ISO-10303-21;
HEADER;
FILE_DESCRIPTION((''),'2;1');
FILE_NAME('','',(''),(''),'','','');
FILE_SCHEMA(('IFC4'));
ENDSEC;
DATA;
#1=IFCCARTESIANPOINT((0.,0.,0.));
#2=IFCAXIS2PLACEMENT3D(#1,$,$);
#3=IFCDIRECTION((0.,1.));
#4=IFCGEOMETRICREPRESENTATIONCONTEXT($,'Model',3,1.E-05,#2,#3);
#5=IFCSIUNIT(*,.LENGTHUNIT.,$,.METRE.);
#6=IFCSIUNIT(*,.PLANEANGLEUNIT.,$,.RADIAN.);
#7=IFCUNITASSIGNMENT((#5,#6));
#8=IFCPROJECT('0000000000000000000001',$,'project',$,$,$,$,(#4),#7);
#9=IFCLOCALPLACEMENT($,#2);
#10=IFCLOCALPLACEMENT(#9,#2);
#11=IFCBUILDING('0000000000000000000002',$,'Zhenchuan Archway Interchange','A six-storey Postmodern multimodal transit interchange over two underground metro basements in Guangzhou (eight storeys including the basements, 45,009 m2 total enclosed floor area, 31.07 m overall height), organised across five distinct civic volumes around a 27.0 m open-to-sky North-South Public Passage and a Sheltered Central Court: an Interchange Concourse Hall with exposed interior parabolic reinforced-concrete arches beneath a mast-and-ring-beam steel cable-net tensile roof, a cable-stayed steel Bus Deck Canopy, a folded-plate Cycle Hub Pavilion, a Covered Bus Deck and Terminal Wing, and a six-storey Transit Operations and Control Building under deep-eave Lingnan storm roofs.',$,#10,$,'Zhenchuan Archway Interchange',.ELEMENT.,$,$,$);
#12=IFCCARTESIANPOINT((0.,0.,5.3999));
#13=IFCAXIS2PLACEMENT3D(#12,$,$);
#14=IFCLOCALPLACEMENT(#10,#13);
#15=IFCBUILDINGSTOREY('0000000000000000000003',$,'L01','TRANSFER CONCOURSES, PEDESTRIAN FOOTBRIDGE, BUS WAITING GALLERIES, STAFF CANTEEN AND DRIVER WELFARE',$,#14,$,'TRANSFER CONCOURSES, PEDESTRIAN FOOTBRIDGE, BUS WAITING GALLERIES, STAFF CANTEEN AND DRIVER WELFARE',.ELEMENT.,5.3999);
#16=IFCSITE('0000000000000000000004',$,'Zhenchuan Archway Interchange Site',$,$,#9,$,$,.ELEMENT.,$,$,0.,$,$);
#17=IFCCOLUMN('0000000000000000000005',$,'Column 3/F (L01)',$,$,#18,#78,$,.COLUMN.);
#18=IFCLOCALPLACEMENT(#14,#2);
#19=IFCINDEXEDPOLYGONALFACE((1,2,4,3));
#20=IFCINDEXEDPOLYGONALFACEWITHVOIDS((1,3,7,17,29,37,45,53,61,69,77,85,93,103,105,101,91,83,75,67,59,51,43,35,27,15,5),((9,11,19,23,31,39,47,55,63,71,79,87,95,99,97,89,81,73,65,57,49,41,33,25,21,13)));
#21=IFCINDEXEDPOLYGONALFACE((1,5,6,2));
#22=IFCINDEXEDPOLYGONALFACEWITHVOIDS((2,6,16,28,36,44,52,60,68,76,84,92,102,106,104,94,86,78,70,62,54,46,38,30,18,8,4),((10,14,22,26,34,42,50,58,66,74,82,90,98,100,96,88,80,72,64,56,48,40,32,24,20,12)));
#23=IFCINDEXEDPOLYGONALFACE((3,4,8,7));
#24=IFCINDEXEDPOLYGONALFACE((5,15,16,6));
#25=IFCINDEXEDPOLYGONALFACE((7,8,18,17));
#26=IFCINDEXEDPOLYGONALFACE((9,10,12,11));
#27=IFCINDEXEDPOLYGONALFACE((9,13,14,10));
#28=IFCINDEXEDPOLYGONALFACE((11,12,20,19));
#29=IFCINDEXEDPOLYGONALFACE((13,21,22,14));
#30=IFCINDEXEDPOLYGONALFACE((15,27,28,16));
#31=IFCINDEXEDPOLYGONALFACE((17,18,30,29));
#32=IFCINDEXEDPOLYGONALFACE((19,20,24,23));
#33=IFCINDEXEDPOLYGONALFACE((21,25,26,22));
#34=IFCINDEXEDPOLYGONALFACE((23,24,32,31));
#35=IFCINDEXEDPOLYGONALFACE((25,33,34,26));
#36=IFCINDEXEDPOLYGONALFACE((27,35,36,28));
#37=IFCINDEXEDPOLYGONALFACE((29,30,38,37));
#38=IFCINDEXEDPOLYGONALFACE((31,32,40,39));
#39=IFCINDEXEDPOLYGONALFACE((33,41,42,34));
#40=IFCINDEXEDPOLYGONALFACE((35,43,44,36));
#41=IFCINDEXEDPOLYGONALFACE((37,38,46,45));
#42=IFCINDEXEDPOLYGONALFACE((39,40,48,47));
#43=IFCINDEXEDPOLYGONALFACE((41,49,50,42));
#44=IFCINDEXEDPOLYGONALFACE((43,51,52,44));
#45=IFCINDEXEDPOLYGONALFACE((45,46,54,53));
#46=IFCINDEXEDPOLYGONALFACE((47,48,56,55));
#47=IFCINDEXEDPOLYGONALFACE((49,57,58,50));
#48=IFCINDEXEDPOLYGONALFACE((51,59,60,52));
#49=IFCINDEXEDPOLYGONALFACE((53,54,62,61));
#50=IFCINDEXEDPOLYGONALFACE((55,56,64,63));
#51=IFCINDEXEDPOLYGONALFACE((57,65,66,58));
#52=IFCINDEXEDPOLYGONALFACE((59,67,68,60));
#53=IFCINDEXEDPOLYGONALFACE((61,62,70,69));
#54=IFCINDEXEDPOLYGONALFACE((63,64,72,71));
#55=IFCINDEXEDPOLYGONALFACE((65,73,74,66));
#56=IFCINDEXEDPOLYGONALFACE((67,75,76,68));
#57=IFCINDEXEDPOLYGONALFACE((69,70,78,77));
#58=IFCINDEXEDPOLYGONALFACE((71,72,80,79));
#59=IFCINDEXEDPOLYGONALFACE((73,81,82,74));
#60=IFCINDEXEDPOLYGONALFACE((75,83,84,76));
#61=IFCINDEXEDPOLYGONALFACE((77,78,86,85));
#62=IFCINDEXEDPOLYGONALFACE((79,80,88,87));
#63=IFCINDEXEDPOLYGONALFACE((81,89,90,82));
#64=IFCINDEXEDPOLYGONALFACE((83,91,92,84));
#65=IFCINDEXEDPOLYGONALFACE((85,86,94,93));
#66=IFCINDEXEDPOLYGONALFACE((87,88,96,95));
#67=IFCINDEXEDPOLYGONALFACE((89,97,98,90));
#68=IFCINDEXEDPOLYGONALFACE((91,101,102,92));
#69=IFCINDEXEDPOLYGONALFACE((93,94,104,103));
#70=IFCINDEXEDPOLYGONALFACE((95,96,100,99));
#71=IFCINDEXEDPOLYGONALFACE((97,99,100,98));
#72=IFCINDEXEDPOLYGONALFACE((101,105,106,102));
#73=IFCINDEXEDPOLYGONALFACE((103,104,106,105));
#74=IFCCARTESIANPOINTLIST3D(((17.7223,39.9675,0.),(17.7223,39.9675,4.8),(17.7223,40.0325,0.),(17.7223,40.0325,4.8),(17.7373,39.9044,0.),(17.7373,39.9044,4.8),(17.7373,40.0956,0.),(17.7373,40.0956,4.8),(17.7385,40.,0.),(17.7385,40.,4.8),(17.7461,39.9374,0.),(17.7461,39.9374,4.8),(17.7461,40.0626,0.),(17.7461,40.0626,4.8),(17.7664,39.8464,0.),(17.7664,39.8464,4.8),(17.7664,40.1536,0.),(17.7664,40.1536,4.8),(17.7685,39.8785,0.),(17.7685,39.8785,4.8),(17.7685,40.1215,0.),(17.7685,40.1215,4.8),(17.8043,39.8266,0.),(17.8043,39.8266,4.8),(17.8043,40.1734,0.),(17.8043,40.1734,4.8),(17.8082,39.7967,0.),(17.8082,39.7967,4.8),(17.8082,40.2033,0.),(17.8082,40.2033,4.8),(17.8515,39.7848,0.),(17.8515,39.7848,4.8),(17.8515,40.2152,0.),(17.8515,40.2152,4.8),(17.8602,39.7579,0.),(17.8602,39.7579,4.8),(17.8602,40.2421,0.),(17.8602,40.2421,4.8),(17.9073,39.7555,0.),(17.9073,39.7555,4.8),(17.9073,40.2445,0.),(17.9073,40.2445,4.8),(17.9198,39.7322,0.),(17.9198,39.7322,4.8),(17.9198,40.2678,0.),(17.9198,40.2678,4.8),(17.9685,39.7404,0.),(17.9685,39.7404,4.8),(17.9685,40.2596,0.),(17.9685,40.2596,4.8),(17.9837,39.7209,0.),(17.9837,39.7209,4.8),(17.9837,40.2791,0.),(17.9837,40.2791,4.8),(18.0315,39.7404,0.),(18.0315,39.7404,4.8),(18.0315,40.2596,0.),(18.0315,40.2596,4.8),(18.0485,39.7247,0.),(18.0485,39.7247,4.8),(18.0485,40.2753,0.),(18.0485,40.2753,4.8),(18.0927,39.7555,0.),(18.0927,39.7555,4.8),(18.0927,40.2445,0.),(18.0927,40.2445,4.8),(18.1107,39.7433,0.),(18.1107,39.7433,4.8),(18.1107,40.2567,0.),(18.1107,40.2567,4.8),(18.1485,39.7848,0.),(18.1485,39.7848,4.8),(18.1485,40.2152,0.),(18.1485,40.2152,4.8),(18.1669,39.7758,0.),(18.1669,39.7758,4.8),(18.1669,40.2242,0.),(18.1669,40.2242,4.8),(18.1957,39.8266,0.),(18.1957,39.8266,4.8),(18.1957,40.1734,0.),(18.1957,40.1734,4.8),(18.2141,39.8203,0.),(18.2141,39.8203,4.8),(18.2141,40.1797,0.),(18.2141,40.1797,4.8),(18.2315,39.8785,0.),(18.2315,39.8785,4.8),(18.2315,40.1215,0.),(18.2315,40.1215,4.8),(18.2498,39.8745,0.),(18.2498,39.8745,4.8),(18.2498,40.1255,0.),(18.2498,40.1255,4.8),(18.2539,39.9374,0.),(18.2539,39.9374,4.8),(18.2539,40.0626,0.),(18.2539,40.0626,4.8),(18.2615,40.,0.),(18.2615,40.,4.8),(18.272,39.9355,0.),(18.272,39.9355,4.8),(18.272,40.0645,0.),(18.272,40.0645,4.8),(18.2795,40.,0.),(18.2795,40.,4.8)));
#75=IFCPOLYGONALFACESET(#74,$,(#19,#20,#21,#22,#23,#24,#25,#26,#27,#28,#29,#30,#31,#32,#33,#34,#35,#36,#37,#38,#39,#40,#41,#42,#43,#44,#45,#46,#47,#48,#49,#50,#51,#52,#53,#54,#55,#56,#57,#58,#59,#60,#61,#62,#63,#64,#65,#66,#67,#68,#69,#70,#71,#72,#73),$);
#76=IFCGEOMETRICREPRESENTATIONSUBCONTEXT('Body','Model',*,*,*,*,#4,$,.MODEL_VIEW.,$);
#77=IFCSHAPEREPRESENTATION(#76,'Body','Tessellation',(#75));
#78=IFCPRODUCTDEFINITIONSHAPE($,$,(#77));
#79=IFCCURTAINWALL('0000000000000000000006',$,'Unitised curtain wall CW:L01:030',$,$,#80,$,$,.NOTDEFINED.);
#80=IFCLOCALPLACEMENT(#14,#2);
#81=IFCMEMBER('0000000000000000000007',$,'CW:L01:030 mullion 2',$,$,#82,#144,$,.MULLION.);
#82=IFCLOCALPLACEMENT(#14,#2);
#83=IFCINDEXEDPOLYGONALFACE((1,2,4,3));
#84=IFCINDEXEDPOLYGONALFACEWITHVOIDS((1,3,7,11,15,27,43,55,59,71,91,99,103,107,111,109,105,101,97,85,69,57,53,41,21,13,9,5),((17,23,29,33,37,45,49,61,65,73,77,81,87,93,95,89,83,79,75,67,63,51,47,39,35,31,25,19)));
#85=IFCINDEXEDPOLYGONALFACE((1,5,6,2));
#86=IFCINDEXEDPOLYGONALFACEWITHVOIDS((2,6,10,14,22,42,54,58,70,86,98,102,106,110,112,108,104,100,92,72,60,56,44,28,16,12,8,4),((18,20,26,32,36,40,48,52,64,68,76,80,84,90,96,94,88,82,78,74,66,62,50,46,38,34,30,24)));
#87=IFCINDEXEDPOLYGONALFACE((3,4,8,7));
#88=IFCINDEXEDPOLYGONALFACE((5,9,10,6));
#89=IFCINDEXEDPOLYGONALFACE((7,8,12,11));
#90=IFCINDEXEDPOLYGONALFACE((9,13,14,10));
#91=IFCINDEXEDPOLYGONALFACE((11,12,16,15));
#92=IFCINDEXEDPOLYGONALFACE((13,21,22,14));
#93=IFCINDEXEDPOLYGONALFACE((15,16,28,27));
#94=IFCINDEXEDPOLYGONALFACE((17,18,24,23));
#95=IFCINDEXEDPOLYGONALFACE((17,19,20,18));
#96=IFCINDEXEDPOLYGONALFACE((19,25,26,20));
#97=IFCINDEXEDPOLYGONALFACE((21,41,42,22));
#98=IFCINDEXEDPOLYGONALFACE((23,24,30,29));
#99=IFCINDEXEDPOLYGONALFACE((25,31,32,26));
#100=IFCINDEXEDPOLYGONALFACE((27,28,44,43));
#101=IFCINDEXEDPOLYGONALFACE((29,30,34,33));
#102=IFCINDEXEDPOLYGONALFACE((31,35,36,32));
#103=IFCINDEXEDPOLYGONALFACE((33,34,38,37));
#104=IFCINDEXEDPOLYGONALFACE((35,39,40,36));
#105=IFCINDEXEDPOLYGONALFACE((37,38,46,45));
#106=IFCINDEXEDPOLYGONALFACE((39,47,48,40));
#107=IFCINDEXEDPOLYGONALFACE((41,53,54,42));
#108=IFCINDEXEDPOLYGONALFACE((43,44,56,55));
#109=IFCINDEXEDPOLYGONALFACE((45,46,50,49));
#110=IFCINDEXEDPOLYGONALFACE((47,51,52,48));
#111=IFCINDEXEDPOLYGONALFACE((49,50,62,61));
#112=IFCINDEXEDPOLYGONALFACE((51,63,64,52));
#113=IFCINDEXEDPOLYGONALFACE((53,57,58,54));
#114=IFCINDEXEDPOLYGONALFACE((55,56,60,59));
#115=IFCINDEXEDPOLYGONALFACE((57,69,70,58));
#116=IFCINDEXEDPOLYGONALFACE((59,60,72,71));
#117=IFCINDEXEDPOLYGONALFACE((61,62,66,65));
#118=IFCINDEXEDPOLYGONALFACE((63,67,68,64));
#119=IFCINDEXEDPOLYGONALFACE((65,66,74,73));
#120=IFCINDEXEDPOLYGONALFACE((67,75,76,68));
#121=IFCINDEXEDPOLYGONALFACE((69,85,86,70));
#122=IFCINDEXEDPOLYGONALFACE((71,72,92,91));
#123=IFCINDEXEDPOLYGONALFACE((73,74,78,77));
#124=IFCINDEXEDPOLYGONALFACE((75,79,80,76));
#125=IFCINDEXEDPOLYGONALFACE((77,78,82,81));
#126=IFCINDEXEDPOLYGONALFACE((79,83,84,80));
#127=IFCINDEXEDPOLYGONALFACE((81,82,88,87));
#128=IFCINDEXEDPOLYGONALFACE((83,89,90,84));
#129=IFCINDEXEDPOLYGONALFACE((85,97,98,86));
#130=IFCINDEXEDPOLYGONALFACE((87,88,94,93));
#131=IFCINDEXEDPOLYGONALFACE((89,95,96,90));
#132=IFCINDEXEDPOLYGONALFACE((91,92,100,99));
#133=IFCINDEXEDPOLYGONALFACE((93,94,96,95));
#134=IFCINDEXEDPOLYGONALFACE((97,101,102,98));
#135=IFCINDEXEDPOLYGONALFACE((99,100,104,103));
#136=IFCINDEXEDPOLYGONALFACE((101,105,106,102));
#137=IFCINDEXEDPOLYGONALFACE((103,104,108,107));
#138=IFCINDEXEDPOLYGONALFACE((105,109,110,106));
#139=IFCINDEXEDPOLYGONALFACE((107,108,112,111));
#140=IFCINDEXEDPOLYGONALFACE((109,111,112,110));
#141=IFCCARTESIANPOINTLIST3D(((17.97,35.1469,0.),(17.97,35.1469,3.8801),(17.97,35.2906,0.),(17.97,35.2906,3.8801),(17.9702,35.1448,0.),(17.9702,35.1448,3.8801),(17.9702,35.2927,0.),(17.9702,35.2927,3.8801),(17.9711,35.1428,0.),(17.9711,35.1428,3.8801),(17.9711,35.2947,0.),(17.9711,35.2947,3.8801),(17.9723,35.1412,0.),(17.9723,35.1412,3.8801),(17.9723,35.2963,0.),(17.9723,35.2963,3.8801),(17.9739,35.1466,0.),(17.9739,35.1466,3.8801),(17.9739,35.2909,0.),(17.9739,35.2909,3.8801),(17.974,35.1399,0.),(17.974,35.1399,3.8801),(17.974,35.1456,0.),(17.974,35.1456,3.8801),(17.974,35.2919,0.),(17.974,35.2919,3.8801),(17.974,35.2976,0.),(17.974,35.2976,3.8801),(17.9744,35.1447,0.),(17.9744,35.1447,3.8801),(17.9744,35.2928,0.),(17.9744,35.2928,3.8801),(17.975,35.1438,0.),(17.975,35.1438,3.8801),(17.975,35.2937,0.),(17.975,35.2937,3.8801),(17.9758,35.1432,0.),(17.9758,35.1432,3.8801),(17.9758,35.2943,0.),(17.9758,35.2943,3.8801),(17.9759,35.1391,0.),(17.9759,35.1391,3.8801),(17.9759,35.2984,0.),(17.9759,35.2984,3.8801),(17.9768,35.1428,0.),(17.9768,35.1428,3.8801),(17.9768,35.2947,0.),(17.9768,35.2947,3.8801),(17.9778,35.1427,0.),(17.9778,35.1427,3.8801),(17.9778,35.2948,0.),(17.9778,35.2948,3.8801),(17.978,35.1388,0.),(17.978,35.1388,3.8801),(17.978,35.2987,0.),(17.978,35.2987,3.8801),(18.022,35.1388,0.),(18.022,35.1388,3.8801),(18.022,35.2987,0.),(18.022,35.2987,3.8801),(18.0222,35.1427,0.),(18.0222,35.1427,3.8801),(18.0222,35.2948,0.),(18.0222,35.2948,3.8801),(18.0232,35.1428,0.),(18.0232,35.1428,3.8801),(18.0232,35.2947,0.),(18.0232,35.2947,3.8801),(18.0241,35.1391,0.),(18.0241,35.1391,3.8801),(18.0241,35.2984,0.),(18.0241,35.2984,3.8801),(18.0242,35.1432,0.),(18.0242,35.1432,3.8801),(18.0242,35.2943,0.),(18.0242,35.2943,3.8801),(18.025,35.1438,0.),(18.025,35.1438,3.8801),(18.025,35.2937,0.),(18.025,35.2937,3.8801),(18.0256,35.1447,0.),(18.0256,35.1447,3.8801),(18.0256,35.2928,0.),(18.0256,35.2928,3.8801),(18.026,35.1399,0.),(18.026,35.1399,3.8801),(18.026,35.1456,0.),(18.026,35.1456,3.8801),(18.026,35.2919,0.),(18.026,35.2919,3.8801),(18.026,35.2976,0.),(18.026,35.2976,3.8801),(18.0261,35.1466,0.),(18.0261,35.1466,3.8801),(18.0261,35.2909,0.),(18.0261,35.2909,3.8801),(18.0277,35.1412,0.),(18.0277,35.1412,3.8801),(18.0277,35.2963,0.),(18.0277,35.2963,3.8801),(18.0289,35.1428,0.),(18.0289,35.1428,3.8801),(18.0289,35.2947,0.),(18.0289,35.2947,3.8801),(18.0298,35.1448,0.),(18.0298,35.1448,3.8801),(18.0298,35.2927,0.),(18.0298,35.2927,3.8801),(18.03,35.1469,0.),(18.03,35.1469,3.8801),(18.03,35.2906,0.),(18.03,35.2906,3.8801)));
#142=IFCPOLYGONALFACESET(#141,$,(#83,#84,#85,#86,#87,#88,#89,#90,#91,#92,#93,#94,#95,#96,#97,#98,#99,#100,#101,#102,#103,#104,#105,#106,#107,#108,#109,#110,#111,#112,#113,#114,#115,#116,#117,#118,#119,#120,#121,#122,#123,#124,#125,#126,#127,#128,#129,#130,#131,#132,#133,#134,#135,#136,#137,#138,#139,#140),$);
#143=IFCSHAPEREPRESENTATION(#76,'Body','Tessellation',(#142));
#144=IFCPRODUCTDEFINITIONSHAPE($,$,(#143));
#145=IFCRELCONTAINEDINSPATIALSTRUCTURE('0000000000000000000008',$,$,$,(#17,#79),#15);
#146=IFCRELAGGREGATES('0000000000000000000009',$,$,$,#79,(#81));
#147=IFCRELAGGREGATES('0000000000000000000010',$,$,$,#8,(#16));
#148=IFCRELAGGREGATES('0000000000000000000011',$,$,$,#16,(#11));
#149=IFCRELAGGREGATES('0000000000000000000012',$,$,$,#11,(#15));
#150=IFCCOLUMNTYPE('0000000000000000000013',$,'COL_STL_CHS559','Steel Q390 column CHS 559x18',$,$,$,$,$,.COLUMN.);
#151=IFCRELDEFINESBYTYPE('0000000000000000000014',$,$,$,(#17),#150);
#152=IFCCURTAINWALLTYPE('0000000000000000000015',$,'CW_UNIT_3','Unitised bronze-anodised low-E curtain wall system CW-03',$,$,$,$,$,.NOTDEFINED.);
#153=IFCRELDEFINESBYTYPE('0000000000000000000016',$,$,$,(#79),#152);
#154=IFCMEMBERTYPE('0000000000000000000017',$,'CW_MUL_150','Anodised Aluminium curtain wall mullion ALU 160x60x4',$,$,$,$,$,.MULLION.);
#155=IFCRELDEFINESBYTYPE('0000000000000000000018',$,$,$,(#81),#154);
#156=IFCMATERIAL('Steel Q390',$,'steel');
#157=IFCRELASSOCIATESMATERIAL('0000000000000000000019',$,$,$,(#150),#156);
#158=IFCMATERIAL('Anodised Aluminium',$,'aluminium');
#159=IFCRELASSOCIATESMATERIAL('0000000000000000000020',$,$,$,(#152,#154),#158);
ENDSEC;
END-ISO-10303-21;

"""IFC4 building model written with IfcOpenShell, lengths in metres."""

from ifc_helpers import new_model, si_unit, direction, frame, origin, origin_2d, place, context, subcontext, project, spatial, hollow_rectangle, hollow_circle, extrude, material, material_profile, profile_set, type_object, element, aggregate, save


model = new_model("IFC4")

# Units and contexts
model_context = context("Model", 3, precision=1e-05, world=origin(), true_north=direction((0.0, 1.0)))
body_context = subcontext(model_context, "Body", "Model", "MODEL_VIEW")
ifc_project = project(units=[si_unit("LENGTHUNIT", "METRE"), si_unit("PLANEANGLEUNIT", "RADIAN")], contexts=[model_context])

# Site, building, storey
site_placement = place(None, origin())
site = spatial("IfcSite", under=ifc_project, at=site_placement, Name="Zhenchuan Archway Interchange Site", CompositionType="ELEMENT", RefElevation=0.0)
building_placement = place(site_placement, origin())
building = spatial("IfcBuilding", under=site, at=building_placement, Name="Zhenchuan Archway Interchange", Description="A six-storey Postmodern multimodal transit interchange over two underground metro basements in Guangzhou (eight storeys including the basements, 45,009 m2 total enclosed floor area, 31.07 m overall height), organised across five distinct civic volumes around a 27.0 m open-to-sky North-South Public Passage and a Sheltered Central Court: an Interchange Concourse Hall with exposed interior parabolic reinforced-concrete arches beneath a mast-and-ring-beam steel cable-net tensile roof, a cable-stayed steel Bus Deck Canopy, a folded-plate Cycle Hub Pavilion, a Covered Bus Deck and Terminal Wing, and a six-storey Transit Operations and Control Building under deep-eave Lingnan storm roofs.", LongName="Zhenchuan Archway Interchange", CompositionType="ELEMENT")
storey_placement = place(building_placement, frame((0.0, 0.0, 5.3999)))
storey = spatial("IfcBuildingStorey", under=building, at=storey_placement, Name="L01", Description="TRANSFER CONCOURSES, PEDESTRIAN FOOTBRIDGE, BUS WAITING GALLERIES, STAFF CANTEEN AND DRIVER WELFARE", LongName="TRANSFER CONCOURSES, PEDESTRIAN FOOTBRIDGE, BUS WAITING GALLERIES, STAFF CANTEEN AND DRIVER WELFARE", CompositionType="ELEMENT", Elevation=5.3999)

# Column
ifc_material_1 = material(Name="Steel Q390", Category="steel")
ifc_material_profile_1 = material_profile(ifc_material_1, hollow_circle(Radius=0.2795, WallThickness=0.0181, at=origin_2d()), Name="CHS 559x18")
ifc_profile_set_1 = profile_set([ifc_material_profile_1], Name="Steel Q390")
column_type = type_object("IfcColumnType", Name="COL_STL_CHS559", Description="Steel Q390 column CHS 559x18", PredefinedType="COLUMN", material=ifc_profile_set_1)
column_placement = place(storey_placement, frame((18.0, 40.0, 0.0), z_axis=(0.0, 0.0, 1.0), x_axis=(1.0, 0.0, 0.0)))
element("IfcColumn", 1, at=column_placement, inside=storey, type_object=column_type, Name="Column 3/F (L01)", PredefinedType="COLUMN", context=body_context, shape_type="SweptSolid", body=[
    extrude(hollow_circle(Radius=0.2795, WallThickness=0.0181, at=origin_2d()), origin(), (0.0, 0.0, 1.0), 4.8),
])

# Curtain wall, member
ifc_material_2 = material(Name="Anodised Aluminium", Category="aluminium")
curtain_wall_type_1 = type_object("IfcCurtainWallType", Name="CW_UNIT_3", Description="Unitised bronze-anodised low-E curtain wall system CW-03", PredefinedType="NOTDEFINED", material=ifc_material_2)
curtain_wall_1_placement = place(storey_placement, origin())
curtain_wall_1 = element("IfcCurtainWall", 2, at=curtain_wall_1_placement, inside=storey, type_object=curtain_wall_type_1, Name="Unitised curtain wall CW:L01:030", PredefinedType="NOTDEFINED")
ifc_material_profile_2 = material_profile(ifc_material_2, hollow_rectangle(XDim=0.0601, YDim=0.1599, WallThickness=0.0039, InnerFilletRadius=0.0039, OuterFilletRadius=0.0081, at=origin_2d()), Name="ALU 160x60x4")
ifc_profile_set_2 = profile_set([ifc_material_profile_2], Name="Anodised Aluminium")
member_type_1 = type_object("IfcMemberType", Name="CW_MUL_150", Description="Anodised Aluminium curtain wall mullion ALU 160x60x4", PredefinedType="MULLION", material=ifc_profile_set_2)
member_1_placement = place(storey_placement, frame((18.0, 35.2188, 0.0), z_axis=(0.0, 0.0, 1.0), x_axis=(1.0, 0.0, 0.0)))
member_1 = element("IfcMember", 3, at=member_1_placement, type_object=member_type_1, Name="CW:L01:030 mullion 2", PredefinedType="MULLION", context=body_context, shape_type="SweptSolid", body=[
    extrude(hollow_rectangle(XDim=0.0601, YDim=0.1599, WallThickness=0.0039, InnerFilletRadius=0.0039, OuterFilletRadius=0.0081, at=origin_2d()), origin(), (0.0, 0.0, 1.0), 3.8801),
])

aggregate(curtain_wall_1, [member_1])

save(model, "model.ifc")
